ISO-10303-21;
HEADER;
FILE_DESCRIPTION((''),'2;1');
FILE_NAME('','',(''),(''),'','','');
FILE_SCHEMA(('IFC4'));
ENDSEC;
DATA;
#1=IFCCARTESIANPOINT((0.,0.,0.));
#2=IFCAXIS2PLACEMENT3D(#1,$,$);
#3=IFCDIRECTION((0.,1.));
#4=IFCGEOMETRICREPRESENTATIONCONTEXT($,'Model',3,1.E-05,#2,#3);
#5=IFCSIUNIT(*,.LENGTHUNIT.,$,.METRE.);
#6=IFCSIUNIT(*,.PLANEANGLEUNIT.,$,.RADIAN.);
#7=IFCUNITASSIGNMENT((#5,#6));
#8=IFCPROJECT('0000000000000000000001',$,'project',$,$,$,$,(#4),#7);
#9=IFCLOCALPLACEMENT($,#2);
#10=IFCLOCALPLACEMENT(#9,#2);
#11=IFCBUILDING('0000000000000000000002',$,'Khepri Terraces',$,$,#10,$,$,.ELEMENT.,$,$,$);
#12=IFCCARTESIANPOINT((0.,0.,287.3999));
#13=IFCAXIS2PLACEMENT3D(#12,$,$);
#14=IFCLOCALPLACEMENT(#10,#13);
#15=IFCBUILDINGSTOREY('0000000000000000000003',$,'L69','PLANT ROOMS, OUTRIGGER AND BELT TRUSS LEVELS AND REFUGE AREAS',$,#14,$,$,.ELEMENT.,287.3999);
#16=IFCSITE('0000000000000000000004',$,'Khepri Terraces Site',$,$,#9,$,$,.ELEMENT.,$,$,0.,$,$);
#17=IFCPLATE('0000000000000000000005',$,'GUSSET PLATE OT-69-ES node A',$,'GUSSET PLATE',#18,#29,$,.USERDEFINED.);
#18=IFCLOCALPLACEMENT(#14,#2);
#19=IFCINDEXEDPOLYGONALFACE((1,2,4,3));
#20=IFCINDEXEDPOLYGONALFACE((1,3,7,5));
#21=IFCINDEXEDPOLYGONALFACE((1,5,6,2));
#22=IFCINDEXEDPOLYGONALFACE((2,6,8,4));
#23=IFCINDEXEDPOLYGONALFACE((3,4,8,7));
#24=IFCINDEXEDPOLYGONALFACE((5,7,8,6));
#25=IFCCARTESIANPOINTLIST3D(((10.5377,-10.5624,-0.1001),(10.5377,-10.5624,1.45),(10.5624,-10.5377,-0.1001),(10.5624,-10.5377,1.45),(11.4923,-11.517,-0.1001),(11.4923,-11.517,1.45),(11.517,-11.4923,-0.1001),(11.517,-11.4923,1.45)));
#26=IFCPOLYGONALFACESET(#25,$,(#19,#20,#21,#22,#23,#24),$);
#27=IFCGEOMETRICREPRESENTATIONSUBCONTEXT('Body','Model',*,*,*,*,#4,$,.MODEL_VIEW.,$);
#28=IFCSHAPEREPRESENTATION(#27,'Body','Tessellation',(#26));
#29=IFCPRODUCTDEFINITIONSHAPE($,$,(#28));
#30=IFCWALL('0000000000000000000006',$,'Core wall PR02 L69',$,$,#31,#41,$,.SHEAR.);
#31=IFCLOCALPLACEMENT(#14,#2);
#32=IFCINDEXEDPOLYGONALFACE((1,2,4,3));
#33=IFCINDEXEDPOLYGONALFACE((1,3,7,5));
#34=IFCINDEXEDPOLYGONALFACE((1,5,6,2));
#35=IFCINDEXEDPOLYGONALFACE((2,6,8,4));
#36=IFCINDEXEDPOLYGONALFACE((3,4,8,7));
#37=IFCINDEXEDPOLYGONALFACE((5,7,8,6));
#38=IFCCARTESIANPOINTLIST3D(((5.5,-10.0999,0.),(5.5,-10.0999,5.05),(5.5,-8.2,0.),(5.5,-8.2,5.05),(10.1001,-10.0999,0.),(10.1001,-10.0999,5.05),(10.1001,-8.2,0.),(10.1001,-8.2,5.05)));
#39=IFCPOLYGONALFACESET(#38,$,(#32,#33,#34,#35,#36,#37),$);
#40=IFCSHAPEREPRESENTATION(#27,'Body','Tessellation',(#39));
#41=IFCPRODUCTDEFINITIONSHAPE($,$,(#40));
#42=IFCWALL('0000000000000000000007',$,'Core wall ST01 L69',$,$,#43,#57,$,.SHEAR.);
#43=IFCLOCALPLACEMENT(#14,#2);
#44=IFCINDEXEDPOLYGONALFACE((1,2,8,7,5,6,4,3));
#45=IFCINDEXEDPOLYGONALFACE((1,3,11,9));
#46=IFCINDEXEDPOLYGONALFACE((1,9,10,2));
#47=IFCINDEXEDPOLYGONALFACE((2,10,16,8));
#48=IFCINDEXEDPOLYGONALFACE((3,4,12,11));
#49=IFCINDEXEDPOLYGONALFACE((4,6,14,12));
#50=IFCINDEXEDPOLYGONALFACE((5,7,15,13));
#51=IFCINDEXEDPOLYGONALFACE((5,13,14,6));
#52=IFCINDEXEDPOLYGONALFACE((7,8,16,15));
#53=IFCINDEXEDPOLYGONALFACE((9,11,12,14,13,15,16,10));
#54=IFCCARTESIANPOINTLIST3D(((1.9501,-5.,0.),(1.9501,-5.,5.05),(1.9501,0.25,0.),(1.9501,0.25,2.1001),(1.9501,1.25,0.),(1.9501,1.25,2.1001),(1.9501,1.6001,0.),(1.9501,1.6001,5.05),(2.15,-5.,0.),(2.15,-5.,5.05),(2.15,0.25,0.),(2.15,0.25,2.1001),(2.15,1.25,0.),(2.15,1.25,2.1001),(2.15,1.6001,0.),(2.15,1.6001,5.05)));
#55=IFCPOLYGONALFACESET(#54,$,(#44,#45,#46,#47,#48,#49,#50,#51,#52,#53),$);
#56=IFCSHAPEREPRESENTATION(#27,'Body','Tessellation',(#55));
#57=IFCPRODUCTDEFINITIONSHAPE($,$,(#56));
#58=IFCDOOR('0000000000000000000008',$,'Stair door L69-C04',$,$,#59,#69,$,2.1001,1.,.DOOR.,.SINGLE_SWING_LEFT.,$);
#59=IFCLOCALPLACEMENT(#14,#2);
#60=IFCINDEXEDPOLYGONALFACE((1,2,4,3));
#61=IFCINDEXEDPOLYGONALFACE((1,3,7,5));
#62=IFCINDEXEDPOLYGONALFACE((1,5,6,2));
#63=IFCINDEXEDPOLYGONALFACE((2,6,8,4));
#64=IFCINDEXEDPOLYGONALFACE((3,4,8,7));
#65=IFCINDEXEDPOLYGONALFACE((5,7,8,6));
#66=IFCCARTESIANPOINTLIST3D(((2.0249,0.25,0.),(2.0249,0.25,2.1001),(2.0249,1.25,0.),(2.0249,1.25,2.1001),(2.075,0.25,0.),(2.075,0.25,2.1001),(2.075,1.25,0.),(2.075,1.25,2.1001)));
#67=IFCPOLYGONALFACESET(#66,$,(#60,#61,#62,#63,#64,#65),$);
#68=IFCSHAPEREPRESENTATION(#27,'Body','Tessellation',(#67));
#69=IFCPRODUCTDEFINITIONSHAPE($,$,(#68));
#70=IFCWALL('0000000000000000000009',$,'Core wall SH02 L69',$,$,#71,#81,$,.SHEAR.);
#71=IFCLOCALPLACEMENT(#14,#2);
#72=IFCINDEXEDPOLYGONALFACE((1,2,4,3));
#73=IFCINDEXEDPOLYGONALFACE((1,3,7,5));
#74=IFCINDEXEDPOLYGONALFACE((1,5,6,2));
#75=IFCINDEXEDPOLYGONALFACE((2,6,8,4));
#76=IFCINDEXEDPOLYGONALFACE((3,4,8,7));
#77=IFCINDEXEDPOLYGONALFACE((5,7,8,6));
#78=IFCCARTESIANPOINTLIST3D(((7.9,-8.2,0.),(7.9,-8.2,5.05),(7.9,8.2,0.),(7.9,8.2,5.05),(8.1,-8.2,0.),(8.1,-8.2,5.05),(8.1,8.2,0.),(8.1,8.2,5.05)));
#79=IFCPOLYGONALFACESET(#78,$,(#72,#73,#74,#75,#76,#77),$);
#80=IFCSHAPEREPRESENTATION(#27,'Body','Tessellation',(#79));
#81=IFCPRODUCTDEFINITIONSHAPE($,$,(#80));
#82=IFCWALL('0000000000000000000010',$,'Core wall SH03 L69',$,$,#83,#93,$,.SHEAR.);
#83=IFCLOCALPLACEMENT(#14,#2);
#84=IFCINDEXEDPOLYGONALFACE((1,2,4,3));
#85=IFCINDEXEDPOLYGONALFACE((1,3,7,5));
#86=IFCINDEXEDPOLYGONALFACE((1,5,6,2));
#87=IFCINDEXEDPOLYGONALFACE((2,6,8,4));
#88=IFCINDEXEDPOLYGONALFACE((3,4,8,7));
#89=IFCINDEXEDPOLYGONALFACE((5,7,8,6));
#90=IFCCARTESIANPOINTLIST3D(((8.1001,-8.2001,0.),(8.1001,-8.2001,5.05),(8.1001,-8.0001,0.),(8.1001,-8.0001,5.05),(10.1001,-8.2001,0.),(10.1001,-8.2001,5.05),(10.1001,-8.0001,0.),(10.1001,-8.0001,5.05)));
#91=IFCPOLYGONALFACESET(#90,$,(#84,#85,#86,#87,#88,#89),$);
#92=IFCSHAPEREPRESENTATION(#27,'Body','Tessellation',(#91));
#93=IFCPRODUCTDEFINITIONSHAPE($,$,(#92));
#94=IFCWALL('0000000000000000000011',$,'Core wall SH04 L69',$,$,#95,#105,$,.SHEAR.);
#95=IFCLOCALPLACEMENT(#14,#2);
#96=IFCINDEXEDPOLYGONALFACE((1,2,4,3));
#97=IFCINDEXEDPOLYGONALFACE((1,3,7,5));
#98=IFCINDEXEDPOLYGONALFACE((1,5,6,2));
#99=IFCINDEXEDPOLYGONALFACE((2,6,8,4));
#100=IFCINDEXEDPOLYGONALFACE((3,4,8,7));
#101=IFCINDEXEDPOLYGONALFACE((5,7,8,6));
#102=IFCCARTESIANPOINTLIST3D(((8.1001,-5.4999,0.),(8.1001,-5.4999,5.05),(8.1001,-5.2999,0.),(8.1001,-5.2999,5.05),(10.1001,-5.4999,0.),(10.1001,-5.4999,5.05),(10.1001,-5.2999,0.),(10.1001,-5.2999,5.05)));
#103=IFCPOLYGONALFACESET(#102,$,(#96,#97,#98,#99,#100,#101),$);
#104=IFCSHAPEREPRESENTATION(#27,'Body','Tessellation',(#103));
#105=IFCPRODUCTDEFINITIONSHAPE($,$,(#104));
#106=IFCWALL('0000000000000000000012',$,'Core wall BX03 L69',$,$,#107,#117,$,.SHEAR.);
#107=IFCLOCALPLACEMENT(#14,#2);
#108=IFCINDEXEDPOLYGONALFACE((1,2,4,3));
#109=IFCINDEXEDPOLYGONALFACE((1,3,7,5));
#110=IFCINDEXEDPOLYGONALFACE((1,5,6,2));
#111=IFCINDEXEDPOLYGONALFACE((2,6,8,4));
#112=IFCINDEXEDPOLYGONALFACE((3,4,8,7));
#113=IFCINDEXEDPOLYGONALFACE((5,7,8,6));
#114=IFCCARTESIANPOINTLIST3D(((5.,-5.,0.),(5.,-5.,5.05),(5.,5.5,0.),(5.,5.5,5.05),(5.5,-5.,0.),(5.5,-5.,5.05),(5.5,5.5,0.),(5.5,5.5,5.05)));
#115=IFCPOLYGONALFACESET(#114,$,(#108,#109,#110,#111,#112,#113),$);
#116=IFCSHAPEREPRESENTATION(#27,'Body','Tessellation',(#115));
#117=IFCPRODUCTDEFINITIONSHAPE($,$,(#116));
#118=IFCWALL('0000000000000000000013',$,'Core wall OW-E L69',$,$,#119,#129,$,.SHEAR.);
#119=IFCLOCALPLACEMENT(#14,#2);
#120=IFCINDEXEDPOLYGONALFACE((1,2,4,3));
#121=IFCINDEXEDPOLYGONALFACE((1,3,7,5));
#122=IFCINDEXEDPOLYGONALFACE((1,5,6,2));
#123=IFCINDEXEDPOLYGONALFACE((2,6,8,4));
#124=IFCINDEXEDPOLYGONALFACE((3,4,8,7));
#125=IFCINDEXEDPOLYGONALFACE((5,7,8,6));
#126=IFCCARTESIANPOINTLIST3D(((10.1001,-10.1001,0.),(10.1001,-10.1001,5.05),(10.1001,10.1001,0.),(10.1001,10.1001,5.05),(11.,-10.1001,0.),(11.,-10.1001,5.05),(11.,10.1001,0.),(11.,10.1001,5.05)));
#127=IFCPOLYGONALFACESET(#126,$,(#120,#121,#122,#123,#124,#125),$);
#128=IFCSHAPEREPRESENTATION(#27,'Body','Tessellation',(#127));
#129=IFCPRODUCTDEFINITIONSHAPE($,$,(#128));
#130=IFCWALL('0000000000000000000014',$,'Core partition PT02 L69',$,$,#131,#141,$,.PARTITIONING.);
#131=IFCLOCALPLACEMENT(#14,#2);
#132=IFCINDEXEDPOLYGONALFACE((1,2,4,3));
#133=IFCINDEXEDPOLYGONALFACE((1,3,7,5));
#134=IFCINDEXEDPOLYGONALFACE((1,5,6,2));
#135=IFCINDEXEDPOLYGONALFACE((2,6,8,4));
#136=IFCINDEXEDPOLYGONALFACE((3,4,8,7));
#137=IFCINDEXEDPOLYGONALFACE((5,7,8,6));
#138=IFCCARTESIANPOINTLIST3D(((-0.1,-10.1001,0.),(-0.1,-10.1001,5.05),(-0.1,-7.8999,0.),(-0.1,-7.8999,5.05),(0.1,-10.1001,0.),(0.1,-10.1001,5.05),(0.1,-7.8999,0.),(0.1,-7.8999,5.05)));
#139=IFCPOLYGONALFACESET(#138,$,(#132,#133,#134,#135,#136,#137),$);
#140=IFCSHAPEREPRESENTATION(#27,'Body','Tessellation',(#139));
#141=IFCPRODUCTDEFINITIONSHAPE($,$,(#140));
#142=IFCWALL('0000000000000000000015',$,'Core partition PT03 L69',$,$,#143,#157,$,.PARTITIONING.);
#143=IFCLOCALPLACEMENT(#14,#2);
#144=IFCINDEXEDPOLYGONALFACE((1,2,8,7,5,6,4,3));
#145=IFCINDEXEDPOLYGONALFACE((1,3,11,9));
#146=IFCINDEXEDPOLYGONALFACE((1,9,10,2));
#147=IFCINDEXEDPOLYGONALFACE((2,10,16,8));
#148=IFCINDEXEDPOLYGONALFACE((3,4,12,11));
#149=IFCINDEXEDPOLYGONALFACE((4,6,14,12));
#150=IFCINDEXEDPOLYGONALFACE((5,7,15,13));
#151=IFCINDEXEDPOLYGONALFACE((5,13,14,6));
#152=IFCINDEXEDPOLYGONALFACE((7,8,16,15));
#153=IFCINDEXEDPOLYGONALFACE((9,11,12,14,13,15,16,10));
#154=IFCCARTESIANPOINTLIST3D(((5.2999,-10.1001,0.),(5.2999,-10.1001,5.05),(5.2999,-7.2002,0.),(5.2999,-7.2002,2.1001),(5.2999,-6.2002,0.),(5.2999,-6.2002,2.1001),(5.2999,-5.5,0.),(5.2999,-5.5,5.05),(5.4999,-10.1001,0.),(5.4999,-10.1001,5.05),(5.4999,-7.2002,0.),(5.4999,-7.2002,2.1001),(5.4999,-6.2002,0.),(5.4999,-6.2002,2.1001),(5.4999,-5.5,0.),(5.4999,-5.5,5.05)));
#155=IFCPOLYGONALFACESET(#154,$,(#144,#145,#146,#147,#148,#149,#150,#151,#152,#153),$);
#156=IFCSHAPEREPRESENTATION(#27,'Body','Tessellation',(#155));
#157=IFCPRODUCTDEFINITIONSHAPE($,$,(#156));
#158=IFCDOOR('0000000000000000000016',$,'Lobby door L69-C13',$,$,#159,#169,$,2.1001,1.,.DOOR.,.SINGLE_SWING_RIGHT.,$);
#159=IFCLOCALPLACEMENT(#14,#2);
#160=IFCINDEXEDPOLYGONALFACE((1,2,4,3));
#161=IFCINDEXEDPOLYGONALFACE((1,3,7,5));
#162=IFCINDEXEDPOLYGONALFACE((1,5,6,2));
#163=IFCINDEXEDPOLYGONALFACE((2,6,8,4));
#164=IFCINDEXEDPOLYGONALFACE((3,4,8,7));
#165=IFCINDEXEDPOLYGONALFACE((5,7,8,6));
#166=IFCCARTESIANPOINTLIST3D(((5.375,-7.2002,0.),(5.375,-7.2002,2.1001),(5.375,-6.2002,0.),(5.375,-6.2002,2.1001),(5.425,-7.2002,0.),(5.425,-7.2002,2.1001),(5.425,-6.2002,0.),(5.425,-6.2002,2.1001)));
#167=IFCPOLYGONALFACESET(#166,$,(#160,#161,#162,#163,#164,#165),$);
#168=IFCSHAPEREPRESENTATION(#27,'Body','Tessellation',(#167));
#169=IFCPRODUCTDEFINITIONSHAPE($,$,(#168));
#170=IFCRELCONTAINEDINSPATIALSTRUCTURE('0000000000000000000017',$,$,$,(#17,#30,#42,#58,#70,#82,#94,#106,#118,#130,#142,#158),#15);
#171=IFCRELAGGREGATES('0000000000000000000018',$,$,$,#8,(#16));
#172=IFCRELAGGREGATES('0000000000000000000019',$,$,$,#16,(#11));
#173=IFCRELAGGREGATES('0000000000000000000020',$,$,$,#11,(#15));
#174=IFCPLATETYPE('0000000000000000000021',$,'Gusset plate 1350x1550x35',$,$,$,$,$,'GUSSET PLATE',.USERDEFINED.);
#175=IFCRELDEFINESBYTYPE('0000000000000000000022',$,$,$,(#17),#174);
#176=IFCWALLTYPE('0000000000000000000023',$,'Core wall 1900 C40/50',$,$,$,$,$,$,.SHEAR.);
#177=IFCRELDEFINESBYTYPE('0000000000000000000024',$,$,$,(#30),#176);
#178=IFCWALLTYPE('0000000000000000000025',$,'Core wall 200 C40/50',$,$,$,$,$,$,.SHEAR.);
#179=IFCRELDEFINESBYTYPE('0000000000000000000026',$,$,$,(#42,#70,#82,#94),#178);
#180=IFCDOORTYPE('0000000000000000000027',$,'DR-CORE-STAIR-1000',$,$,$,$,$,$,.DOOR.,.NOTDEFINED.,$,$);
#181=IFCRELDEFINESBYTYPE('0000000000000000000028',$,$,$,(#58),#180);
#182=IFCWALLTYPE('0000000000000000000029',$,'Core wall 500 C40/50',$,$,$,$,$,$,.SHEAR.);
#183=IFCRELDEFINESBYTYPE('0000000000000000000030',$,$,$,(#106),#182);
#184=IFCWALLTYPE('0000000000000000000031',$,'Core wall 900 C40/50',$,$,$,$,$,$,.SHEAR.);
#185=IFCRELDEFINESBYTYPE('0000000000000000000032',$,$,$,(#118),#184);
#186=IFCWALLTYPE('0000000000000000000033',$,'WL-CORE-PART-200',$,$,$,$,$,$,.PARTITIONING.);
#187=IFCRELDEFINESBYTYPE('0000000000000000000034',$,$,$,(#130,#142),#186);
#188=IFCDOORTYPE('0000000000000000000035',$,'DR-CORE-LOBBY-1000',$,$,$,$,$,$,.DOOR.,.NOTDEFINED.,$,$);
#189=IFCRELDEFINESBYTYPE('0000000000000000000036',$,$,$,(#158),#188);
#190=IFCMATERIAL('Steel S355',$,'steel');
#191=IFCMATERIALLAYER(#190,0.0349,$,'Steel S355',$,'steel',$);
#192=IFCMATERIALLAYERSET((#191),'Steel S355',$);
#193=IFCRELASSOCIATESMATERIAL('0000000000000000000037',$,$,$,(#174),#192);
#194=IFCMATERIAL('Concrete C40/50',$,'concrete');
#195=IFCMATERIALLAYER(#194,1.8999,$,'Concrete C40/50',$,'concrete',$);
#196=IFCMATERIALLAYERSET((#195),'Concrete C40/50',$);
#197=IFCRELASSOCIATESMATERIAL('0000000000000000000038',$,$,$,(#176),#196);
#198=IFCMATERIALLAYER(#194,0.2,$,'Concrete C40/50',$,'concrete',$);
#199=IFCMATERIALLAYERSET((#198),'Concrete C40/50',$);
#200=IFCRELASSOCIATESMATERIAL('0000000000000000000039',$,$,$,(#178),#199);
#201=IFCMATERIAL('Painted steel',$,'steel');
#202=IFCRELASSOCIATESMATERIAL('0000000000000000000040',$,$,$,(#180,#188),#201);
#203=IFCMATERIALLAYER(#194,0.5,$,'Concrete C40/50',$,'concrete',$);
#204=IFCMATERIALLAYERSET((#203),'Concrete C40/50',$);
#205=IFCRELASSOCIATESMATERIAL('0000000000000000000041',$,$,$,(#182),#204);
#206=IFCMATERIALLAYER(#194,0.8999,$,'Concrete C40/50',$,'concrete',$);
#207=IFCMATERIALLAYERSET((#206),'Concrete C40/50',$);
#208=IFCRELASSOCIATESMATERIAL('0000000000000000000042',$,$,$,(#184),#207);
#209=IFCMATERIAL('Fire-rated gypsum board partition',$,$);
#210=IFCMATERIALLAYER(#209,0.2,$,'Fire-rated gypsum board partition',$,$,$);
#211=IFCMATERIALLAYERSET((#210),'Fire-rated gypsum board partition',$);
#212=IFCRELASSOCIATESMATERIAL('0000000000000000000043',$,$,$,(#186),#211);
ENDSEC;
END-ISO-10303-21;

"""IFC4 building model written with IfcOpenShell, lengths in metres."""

from ifc_helpers import new_model, si_unit, direction, frame, frame_2d, origin, origin_2d, place, context, subcontext, project, spatial, rectangle, extrude, material, layer, layer_set, type_object, element, fill, save


model = new_model("IFC4")

# Units and contexts
model_context = context("Model", 3, precision=1e-05, world=origin(), true_north=direction((0.0, 1.0)))
body_context = subcontext(model_context, "Body", "Model", "MODEL_VIEW")
ifc_project = project(units=[si_unit("LENGTHUNIT", "METRE"), si_unit("PLANEANGLEUNIT", "RADIAN")], contexts=[model_context])

# Site, building, storey
site_placement = place(None, origin())
site = spatial("IfcSite", under=ifc_project, at=site_placement, Name="Khepri Terraces Site", CompositionType="ELEMENT", RefElevation=0.0)
building_placement = place(site_placement, origin())
building = spatial("IfcBuilding", under=site, at=building_placement, Name="Khepri Terraces", CompositionType="ELEMENT")
storey_placement = place(building_placement, frame((0.0, 0.0, 287.3999)))
storey = spatial("IfcBuildingStorey", under=building, at=storey_placement, Name="L69", Description="PLANT ROOMS, OUTRIGGER AND BELT TRUSS LEVELS AND REFUGE AREAS", CompositionType="ELEMENT", Elevation=287.3999)

# Shared definitions
ifc_material_1 = material(Name="Steel S355", Category="steel")

# Plate
ifc_layer_1 = layer(ifc_material_1, 0.0349, Name="Steel S355", Category="steel")
ifc_layer_set_1 = layer_set([ifc_layer_1], Name="Steel S355")
plate_type_1 = type_object("IfcPlateType", Name="Gusset plate 1350x1550x35", ElementType="GUSSET PLATE", PredefinedType="USERDEFINED", material=ifc_layer_set_1)
plate_placement = place(storey_placement, frame((11.0273, -11.0273, -0.1001), z_axis=(0.0, 0.0, 1.0), x_axis=(0.707107, -0.707107, 0.0)))
element("IfcPlate", 1, at=plate_placement, inside=storey, type_object=plate_type_1, Name="GUSSET PLATE OT-69-ES node A", ObjectType="GUSSET PLATE", PredefinedType="USERDEFINED", context=body_context, shape_type="SweptSolid", body=[
    extrude(rectangle(XDim=1.3501, YDim=0.0349, at=origin_2d()), origin(), (0.0, 0.0, 1.0), 1.55),
])

# Wall
ifc_material_2 = material(Name="Concrete C40/50", Category="concrete")
ifc_layer_2 = layer(ifc_material_2, 1.8999, Name="Concrete C40/50", Category="concrete")
ifc_layer_set_2 = layer_set([ifc_layer_2], Name="Concrete C40/50")
wall_type_1 = type_object("IfcWallType", Name="Core wall 1900 C40/50", PredefinedType="SHEAR", material=ifc_layer_set_2)
wall_1_placement = place(storey_placement, frame((5.5, -9.1499, 0.0), z_axis=(0.0, 0.0, 1.0), x_axis=(1.0, 0.0, 0.0)))
element("IfcWall", 2, at=wall_1_placement, inside=storey, type_object=wall_type_1, Name="Core wall PR02 L69", PredefinedType="SHEAR", context=body_context, shape_type="SweptSolid", body=[
    extrude(rectangle(XDim=4.6001, YDim=1.8999, at=frame_2d((2.3, 0.0))), origin(), (0.0, 0.0, 1.0), 5.05),
])

# Wall, opening, door
ifc_layer_3 = layer(ifc_material_2, 0.2, Name="Concrete C40/50", Category="concrete")
ifc_layer_set_3 = layer_set([ifc_layer_3], Name="Concrete C40/50")
wall_type_2 = type_object("IfcWallType", Name="Core wall 200 C40/50", PredefinedType="SHEAR", material=ifc_layer_set_3)
wall_2_placement = place(storey_placement, frame((2.05, -5.0, 0.0), z_axis=(0.0, 0.0, 1.0), x_axis=(0.0, 1.0, 0.0)))
wall_2 = element("IfcWall", 3, at=wall_2_placement, inside=storey, type_object=wall_type_2, Name="Core wall ST01 L69", PredefinedType="SHEAR", context=body_context, shape_type="SweptSolid", body=[
    extrude(rectangle(XDim=6.6001, YDim=0.2, at=frame_2d((3.3, 0.0))), origin(), (0.0, 0.0, 1.0), 5.05),
])
opening_1_placement = place(wall_2_placement, frame((5.25, 0.0, 0.0)))
opening_1 = element("IfcOpeningElement", 4, at=opening_1_placement, cuts=wall_2, PredefinedType="OPENING", context=body_context, shape_type="SweptSolid", body=[
    extrude(rectangle(XDim=1.0, YDim=2.1001, at=frame_2d((0.5, 1.05))), frame((0.0, 0.1099, 0.0), z_axis=(0.0, -1.0, 0.0), x_axis=(1.0, 0.0, 0.0)), (0.0, 0.0, 1.0), 0.22),
])
ifc_material_3 = material(Name="Painted steel", Category="steel")
door_type_1 = type_object("IfcDoorType", Name="DR-CORE-STAIR-1000", OperationType="NOTDEFINED", PredefinedType="DOOR", material=ifc_material_3)
door_1_placement = place(opening_1_placement, frame((1.0, 0.0, 0.0), z_axis=(0.0, 0.0, 1.0), x_axis=(-1.0, 0.0, 0.0)))
door_1 = element("IfcDoor", 5, at=door_1_placement, inside=storey, type_object=door_type_1, Name="Stair door L69-C04", OperationType="SINGLE_SWING_LEFT", OverallHeight=2.1001, OverallWidth=1.0, PredefinedType="DOOR", context=body_context, shape_type="SweptSolid", body=[
    extrude(rectangle(XDim=1.0, YDim=2.1001, at=frame_2d((0.5, 1.05))), frame((0.0, 0.0249, 0.0), z_axis=(0.0, -1.0, 0.0), x_axis=(1.0, 0.0, 0.0)), (0.0, 0.0, 1.0), 0.05),
])
fill(opening_1, door_1)

# Walls
wall_3_placement = place(storey_placement, frame((8.0, -8.2, 0.0), z_axis=(0.0, 0.0, 1.0), x_axis=(0.0, 1.0, 0.0)))
element("IfcWall", 6, at=wall_3_placement, inside=storey, type_object=wall_type_2, Name="Core wall SH02 L69", PredefinedType="SHEAR", context=body_context, shape_type="SweptSolid", body=[
    extrude(rectangle(XDim=16.3999, YDim=0.2, at=frame_2d((8.2, 0.0))), origin(), (0.0, 0.0, 1.0), 5.05),
])
for number, where, z_axis, x_axis, name in (
    (7, (8.1001, -8.1001, 0.0), (0.0, 0.0, 1.0), (1.0, 0.0, 0.0), "Core wall SH03 L69"),
    (8, (8.1001, -5.3999, 0.0), (0.0, 0.0, 1.0), (1.0, 0.0, 0.0), "Core wall SH04 L69"),
):
    element("IfcWall", number, at=place(storey_placement, frame(where, z_axis=z_axis, x_axis=x_axis)), inside=storey, type_object=wall_type_2, Name=name, PredefinedType="SHEAR", context=body_context, shape_type="SweptSolid", body=[
        extrude(rectangle(XDim=2.0, YDim=0.2, at=frame_2d((1.0, 0.0))), origin(), (0.0, 0.0, 1.0), 5.05),
    ])
ifc_layer_4 = layer(ifc_material_2, 0.5, Name="Concrete C40/50", Category="concrete")
ifc_layer_set_4 = layer_set([ifc_layer_4], Name="Concrete C40/50")
wall_type_3 = type_object("IfcWallType", Name="Core wall 500 C40/50", PredefinedType="SHEAR", material=ifc_layer_set_4)
wall_4_placement = place(storey_placement, frame((5.25, -5.0, 0.0), z_axis=(0.0, 0.0, 1.0), x_axis=(0.0, 1.0, 0.0)))
element("IfcWall", 9, at=wall_4_placement, inside=storey, type_object=wall_type_3, Name="Core wall BX03 L69", PredefinedType="SHEAR", context=body_context, shape_type="SweptSolid", body=[
    extrude(rectangle(XDim=10.5, YDim=0.5, at=frame_2d((5.25, 0.0))), origin(), (0.0, 0.0, 1.0), 5.05),
])
ifc_layer_5 = layer(ifc_material_2, 0.8999, Name="Concrete C40/50", Category="concrete")
ifc_layer_set_5 = layer_set([ifc_layer_5], Name="Concrete C40/50")
wall_type_4 = type_object("IfcWallType", Name="Core wall 900 C40/50", PredefinedType="SHEAR", material=ifc_layer_set_5)
wall_5_placement = place(storey_placement, frame((10.55, -10.1001, 0.0), z_axis=(0.0, 0.0, 1.0), x_axis=(0.0, 1.0, 0.0)))
element("IfcWall", 10, at=wall_5_placement, inside=storey, type_object=wall_type_4, Name="Core wall OW-E L69", PredefinedType="SHEAR", context=body_context, shape_type="SweptSolid", body=[
    extrude(rectangle(XDim=20.2002, YDim=0.8999, at=frame_2d((10.1001, 0.0))), origin(), (0.0, 0.0, 1.0), 5.05),
])
ifc_material_4 = material(Name="Fire-rated gypsum board partition")
ifc_layer_6 = layer(ifc_material_4, 0.2, Name="Fire-rated gypsum board partition")
ifc_layer_set_6 = layer_set([ifc_layer_6], Name="Fire-rated gypsum board partition")
wall_type_5 = type_object("IfcWallType", Name="WL-CORE-PART-200", PredefinedType="PARTITIONING", material=ifc_layer_set_6)
wall_6_placement = place(storey_placement, frame((0.0, -10.1001, 0.0), z_axis=(0.0, 0.0, 1.0), x_axis=(0.0, 1.0, 0.0)))
element("IfcWall", 11, at=wall_6_placement, inside=storey, type_object=wall_type_5, Name="Core partition PT02 L69", PredefinedType="PARTITIONING", context=body_context, shape_type="SweptSolid", body=[
    extrude(rectangle(XDim=2.2002, YDim=0.2, at=frame_2d((1.1001, 0.0))), origin(), (0.0, 0.0, 1.0), 5.05),
])

# Wall, opening, door
wall_7_placement = place(storey_placement, frame((5.3999, -10.1001, 0.0), z_axis=(0.0, 0.0, 1.0), x_axis=(0.0, 1.0, 0.0)))
wall_7 = element("IfcWall", 12, at=wall_7_placement, inside=storey, type_object=wall_type_5, Name="Core partition PT03 L69", PredefinedType="PARTITIONING", context=body_context, shape_type="SweptSolid", body=[
    extrude(rectangle(XDim=4.6001, YDim=0.2, at=frame_2d((2.3, 0.0))), origin(), (0.0, 0.0, 1.0), 5.05),
])
opening_2_placement = place(wall_7_placement, frame((2.8999, 0.0, 0.0)))
opening_2 = element("IfcOpeningElement", 13, at=opening_2_placement, cuts=wall_7, PredefinedType="OPENING", context=body_context, shape_type="SweptSolid", body=[
    extrude(rectangle(XDim=1.0, YDim=2.1001, at=frame_2d((0.5, 1.05))), frame((0.0, 0.1099, 0.0), z_axis=(0.0, -1.0, 0.0), x_axis=(1.0, 0.0, 0.0)), (0.0, 0.0, 1.0), 0.22),
])
door_type_2 = type_object("IfcDoorType", Name="DR-CORE-LOBBY-1000", OperationType="NOTDEFINED", PredefinedType="DOOR", material=ifc_material_3)
door_2_placement = place(opening_2_placement, origin())
door_2 = element("IfcDoor", 14, at=door_2_placement, inside=storey, type_object=door_type_2, Name="Lobby door L69-C13", OperationType="SINGLE_SWING_RIGHT", OverallHeight=2.1001, OverallWidth=1.0, PredefinedType="DOOR", context=body_context, shape_type="SweptSolid", body=[
    extrude(rectangle(XDim=1.0, YDim=2.1001, at=frame_2d((0.5, 1.05))), frame((0.0, 0.0249, 0.0), z_axis=(0.0, -1.0, 0.0), x_axis=(1.0, 0.0, 0.0)), (0.0, 0.0, 1.0), 0.05),
])
fill(opening_2, door_2)

save(model, "model.ifc")
